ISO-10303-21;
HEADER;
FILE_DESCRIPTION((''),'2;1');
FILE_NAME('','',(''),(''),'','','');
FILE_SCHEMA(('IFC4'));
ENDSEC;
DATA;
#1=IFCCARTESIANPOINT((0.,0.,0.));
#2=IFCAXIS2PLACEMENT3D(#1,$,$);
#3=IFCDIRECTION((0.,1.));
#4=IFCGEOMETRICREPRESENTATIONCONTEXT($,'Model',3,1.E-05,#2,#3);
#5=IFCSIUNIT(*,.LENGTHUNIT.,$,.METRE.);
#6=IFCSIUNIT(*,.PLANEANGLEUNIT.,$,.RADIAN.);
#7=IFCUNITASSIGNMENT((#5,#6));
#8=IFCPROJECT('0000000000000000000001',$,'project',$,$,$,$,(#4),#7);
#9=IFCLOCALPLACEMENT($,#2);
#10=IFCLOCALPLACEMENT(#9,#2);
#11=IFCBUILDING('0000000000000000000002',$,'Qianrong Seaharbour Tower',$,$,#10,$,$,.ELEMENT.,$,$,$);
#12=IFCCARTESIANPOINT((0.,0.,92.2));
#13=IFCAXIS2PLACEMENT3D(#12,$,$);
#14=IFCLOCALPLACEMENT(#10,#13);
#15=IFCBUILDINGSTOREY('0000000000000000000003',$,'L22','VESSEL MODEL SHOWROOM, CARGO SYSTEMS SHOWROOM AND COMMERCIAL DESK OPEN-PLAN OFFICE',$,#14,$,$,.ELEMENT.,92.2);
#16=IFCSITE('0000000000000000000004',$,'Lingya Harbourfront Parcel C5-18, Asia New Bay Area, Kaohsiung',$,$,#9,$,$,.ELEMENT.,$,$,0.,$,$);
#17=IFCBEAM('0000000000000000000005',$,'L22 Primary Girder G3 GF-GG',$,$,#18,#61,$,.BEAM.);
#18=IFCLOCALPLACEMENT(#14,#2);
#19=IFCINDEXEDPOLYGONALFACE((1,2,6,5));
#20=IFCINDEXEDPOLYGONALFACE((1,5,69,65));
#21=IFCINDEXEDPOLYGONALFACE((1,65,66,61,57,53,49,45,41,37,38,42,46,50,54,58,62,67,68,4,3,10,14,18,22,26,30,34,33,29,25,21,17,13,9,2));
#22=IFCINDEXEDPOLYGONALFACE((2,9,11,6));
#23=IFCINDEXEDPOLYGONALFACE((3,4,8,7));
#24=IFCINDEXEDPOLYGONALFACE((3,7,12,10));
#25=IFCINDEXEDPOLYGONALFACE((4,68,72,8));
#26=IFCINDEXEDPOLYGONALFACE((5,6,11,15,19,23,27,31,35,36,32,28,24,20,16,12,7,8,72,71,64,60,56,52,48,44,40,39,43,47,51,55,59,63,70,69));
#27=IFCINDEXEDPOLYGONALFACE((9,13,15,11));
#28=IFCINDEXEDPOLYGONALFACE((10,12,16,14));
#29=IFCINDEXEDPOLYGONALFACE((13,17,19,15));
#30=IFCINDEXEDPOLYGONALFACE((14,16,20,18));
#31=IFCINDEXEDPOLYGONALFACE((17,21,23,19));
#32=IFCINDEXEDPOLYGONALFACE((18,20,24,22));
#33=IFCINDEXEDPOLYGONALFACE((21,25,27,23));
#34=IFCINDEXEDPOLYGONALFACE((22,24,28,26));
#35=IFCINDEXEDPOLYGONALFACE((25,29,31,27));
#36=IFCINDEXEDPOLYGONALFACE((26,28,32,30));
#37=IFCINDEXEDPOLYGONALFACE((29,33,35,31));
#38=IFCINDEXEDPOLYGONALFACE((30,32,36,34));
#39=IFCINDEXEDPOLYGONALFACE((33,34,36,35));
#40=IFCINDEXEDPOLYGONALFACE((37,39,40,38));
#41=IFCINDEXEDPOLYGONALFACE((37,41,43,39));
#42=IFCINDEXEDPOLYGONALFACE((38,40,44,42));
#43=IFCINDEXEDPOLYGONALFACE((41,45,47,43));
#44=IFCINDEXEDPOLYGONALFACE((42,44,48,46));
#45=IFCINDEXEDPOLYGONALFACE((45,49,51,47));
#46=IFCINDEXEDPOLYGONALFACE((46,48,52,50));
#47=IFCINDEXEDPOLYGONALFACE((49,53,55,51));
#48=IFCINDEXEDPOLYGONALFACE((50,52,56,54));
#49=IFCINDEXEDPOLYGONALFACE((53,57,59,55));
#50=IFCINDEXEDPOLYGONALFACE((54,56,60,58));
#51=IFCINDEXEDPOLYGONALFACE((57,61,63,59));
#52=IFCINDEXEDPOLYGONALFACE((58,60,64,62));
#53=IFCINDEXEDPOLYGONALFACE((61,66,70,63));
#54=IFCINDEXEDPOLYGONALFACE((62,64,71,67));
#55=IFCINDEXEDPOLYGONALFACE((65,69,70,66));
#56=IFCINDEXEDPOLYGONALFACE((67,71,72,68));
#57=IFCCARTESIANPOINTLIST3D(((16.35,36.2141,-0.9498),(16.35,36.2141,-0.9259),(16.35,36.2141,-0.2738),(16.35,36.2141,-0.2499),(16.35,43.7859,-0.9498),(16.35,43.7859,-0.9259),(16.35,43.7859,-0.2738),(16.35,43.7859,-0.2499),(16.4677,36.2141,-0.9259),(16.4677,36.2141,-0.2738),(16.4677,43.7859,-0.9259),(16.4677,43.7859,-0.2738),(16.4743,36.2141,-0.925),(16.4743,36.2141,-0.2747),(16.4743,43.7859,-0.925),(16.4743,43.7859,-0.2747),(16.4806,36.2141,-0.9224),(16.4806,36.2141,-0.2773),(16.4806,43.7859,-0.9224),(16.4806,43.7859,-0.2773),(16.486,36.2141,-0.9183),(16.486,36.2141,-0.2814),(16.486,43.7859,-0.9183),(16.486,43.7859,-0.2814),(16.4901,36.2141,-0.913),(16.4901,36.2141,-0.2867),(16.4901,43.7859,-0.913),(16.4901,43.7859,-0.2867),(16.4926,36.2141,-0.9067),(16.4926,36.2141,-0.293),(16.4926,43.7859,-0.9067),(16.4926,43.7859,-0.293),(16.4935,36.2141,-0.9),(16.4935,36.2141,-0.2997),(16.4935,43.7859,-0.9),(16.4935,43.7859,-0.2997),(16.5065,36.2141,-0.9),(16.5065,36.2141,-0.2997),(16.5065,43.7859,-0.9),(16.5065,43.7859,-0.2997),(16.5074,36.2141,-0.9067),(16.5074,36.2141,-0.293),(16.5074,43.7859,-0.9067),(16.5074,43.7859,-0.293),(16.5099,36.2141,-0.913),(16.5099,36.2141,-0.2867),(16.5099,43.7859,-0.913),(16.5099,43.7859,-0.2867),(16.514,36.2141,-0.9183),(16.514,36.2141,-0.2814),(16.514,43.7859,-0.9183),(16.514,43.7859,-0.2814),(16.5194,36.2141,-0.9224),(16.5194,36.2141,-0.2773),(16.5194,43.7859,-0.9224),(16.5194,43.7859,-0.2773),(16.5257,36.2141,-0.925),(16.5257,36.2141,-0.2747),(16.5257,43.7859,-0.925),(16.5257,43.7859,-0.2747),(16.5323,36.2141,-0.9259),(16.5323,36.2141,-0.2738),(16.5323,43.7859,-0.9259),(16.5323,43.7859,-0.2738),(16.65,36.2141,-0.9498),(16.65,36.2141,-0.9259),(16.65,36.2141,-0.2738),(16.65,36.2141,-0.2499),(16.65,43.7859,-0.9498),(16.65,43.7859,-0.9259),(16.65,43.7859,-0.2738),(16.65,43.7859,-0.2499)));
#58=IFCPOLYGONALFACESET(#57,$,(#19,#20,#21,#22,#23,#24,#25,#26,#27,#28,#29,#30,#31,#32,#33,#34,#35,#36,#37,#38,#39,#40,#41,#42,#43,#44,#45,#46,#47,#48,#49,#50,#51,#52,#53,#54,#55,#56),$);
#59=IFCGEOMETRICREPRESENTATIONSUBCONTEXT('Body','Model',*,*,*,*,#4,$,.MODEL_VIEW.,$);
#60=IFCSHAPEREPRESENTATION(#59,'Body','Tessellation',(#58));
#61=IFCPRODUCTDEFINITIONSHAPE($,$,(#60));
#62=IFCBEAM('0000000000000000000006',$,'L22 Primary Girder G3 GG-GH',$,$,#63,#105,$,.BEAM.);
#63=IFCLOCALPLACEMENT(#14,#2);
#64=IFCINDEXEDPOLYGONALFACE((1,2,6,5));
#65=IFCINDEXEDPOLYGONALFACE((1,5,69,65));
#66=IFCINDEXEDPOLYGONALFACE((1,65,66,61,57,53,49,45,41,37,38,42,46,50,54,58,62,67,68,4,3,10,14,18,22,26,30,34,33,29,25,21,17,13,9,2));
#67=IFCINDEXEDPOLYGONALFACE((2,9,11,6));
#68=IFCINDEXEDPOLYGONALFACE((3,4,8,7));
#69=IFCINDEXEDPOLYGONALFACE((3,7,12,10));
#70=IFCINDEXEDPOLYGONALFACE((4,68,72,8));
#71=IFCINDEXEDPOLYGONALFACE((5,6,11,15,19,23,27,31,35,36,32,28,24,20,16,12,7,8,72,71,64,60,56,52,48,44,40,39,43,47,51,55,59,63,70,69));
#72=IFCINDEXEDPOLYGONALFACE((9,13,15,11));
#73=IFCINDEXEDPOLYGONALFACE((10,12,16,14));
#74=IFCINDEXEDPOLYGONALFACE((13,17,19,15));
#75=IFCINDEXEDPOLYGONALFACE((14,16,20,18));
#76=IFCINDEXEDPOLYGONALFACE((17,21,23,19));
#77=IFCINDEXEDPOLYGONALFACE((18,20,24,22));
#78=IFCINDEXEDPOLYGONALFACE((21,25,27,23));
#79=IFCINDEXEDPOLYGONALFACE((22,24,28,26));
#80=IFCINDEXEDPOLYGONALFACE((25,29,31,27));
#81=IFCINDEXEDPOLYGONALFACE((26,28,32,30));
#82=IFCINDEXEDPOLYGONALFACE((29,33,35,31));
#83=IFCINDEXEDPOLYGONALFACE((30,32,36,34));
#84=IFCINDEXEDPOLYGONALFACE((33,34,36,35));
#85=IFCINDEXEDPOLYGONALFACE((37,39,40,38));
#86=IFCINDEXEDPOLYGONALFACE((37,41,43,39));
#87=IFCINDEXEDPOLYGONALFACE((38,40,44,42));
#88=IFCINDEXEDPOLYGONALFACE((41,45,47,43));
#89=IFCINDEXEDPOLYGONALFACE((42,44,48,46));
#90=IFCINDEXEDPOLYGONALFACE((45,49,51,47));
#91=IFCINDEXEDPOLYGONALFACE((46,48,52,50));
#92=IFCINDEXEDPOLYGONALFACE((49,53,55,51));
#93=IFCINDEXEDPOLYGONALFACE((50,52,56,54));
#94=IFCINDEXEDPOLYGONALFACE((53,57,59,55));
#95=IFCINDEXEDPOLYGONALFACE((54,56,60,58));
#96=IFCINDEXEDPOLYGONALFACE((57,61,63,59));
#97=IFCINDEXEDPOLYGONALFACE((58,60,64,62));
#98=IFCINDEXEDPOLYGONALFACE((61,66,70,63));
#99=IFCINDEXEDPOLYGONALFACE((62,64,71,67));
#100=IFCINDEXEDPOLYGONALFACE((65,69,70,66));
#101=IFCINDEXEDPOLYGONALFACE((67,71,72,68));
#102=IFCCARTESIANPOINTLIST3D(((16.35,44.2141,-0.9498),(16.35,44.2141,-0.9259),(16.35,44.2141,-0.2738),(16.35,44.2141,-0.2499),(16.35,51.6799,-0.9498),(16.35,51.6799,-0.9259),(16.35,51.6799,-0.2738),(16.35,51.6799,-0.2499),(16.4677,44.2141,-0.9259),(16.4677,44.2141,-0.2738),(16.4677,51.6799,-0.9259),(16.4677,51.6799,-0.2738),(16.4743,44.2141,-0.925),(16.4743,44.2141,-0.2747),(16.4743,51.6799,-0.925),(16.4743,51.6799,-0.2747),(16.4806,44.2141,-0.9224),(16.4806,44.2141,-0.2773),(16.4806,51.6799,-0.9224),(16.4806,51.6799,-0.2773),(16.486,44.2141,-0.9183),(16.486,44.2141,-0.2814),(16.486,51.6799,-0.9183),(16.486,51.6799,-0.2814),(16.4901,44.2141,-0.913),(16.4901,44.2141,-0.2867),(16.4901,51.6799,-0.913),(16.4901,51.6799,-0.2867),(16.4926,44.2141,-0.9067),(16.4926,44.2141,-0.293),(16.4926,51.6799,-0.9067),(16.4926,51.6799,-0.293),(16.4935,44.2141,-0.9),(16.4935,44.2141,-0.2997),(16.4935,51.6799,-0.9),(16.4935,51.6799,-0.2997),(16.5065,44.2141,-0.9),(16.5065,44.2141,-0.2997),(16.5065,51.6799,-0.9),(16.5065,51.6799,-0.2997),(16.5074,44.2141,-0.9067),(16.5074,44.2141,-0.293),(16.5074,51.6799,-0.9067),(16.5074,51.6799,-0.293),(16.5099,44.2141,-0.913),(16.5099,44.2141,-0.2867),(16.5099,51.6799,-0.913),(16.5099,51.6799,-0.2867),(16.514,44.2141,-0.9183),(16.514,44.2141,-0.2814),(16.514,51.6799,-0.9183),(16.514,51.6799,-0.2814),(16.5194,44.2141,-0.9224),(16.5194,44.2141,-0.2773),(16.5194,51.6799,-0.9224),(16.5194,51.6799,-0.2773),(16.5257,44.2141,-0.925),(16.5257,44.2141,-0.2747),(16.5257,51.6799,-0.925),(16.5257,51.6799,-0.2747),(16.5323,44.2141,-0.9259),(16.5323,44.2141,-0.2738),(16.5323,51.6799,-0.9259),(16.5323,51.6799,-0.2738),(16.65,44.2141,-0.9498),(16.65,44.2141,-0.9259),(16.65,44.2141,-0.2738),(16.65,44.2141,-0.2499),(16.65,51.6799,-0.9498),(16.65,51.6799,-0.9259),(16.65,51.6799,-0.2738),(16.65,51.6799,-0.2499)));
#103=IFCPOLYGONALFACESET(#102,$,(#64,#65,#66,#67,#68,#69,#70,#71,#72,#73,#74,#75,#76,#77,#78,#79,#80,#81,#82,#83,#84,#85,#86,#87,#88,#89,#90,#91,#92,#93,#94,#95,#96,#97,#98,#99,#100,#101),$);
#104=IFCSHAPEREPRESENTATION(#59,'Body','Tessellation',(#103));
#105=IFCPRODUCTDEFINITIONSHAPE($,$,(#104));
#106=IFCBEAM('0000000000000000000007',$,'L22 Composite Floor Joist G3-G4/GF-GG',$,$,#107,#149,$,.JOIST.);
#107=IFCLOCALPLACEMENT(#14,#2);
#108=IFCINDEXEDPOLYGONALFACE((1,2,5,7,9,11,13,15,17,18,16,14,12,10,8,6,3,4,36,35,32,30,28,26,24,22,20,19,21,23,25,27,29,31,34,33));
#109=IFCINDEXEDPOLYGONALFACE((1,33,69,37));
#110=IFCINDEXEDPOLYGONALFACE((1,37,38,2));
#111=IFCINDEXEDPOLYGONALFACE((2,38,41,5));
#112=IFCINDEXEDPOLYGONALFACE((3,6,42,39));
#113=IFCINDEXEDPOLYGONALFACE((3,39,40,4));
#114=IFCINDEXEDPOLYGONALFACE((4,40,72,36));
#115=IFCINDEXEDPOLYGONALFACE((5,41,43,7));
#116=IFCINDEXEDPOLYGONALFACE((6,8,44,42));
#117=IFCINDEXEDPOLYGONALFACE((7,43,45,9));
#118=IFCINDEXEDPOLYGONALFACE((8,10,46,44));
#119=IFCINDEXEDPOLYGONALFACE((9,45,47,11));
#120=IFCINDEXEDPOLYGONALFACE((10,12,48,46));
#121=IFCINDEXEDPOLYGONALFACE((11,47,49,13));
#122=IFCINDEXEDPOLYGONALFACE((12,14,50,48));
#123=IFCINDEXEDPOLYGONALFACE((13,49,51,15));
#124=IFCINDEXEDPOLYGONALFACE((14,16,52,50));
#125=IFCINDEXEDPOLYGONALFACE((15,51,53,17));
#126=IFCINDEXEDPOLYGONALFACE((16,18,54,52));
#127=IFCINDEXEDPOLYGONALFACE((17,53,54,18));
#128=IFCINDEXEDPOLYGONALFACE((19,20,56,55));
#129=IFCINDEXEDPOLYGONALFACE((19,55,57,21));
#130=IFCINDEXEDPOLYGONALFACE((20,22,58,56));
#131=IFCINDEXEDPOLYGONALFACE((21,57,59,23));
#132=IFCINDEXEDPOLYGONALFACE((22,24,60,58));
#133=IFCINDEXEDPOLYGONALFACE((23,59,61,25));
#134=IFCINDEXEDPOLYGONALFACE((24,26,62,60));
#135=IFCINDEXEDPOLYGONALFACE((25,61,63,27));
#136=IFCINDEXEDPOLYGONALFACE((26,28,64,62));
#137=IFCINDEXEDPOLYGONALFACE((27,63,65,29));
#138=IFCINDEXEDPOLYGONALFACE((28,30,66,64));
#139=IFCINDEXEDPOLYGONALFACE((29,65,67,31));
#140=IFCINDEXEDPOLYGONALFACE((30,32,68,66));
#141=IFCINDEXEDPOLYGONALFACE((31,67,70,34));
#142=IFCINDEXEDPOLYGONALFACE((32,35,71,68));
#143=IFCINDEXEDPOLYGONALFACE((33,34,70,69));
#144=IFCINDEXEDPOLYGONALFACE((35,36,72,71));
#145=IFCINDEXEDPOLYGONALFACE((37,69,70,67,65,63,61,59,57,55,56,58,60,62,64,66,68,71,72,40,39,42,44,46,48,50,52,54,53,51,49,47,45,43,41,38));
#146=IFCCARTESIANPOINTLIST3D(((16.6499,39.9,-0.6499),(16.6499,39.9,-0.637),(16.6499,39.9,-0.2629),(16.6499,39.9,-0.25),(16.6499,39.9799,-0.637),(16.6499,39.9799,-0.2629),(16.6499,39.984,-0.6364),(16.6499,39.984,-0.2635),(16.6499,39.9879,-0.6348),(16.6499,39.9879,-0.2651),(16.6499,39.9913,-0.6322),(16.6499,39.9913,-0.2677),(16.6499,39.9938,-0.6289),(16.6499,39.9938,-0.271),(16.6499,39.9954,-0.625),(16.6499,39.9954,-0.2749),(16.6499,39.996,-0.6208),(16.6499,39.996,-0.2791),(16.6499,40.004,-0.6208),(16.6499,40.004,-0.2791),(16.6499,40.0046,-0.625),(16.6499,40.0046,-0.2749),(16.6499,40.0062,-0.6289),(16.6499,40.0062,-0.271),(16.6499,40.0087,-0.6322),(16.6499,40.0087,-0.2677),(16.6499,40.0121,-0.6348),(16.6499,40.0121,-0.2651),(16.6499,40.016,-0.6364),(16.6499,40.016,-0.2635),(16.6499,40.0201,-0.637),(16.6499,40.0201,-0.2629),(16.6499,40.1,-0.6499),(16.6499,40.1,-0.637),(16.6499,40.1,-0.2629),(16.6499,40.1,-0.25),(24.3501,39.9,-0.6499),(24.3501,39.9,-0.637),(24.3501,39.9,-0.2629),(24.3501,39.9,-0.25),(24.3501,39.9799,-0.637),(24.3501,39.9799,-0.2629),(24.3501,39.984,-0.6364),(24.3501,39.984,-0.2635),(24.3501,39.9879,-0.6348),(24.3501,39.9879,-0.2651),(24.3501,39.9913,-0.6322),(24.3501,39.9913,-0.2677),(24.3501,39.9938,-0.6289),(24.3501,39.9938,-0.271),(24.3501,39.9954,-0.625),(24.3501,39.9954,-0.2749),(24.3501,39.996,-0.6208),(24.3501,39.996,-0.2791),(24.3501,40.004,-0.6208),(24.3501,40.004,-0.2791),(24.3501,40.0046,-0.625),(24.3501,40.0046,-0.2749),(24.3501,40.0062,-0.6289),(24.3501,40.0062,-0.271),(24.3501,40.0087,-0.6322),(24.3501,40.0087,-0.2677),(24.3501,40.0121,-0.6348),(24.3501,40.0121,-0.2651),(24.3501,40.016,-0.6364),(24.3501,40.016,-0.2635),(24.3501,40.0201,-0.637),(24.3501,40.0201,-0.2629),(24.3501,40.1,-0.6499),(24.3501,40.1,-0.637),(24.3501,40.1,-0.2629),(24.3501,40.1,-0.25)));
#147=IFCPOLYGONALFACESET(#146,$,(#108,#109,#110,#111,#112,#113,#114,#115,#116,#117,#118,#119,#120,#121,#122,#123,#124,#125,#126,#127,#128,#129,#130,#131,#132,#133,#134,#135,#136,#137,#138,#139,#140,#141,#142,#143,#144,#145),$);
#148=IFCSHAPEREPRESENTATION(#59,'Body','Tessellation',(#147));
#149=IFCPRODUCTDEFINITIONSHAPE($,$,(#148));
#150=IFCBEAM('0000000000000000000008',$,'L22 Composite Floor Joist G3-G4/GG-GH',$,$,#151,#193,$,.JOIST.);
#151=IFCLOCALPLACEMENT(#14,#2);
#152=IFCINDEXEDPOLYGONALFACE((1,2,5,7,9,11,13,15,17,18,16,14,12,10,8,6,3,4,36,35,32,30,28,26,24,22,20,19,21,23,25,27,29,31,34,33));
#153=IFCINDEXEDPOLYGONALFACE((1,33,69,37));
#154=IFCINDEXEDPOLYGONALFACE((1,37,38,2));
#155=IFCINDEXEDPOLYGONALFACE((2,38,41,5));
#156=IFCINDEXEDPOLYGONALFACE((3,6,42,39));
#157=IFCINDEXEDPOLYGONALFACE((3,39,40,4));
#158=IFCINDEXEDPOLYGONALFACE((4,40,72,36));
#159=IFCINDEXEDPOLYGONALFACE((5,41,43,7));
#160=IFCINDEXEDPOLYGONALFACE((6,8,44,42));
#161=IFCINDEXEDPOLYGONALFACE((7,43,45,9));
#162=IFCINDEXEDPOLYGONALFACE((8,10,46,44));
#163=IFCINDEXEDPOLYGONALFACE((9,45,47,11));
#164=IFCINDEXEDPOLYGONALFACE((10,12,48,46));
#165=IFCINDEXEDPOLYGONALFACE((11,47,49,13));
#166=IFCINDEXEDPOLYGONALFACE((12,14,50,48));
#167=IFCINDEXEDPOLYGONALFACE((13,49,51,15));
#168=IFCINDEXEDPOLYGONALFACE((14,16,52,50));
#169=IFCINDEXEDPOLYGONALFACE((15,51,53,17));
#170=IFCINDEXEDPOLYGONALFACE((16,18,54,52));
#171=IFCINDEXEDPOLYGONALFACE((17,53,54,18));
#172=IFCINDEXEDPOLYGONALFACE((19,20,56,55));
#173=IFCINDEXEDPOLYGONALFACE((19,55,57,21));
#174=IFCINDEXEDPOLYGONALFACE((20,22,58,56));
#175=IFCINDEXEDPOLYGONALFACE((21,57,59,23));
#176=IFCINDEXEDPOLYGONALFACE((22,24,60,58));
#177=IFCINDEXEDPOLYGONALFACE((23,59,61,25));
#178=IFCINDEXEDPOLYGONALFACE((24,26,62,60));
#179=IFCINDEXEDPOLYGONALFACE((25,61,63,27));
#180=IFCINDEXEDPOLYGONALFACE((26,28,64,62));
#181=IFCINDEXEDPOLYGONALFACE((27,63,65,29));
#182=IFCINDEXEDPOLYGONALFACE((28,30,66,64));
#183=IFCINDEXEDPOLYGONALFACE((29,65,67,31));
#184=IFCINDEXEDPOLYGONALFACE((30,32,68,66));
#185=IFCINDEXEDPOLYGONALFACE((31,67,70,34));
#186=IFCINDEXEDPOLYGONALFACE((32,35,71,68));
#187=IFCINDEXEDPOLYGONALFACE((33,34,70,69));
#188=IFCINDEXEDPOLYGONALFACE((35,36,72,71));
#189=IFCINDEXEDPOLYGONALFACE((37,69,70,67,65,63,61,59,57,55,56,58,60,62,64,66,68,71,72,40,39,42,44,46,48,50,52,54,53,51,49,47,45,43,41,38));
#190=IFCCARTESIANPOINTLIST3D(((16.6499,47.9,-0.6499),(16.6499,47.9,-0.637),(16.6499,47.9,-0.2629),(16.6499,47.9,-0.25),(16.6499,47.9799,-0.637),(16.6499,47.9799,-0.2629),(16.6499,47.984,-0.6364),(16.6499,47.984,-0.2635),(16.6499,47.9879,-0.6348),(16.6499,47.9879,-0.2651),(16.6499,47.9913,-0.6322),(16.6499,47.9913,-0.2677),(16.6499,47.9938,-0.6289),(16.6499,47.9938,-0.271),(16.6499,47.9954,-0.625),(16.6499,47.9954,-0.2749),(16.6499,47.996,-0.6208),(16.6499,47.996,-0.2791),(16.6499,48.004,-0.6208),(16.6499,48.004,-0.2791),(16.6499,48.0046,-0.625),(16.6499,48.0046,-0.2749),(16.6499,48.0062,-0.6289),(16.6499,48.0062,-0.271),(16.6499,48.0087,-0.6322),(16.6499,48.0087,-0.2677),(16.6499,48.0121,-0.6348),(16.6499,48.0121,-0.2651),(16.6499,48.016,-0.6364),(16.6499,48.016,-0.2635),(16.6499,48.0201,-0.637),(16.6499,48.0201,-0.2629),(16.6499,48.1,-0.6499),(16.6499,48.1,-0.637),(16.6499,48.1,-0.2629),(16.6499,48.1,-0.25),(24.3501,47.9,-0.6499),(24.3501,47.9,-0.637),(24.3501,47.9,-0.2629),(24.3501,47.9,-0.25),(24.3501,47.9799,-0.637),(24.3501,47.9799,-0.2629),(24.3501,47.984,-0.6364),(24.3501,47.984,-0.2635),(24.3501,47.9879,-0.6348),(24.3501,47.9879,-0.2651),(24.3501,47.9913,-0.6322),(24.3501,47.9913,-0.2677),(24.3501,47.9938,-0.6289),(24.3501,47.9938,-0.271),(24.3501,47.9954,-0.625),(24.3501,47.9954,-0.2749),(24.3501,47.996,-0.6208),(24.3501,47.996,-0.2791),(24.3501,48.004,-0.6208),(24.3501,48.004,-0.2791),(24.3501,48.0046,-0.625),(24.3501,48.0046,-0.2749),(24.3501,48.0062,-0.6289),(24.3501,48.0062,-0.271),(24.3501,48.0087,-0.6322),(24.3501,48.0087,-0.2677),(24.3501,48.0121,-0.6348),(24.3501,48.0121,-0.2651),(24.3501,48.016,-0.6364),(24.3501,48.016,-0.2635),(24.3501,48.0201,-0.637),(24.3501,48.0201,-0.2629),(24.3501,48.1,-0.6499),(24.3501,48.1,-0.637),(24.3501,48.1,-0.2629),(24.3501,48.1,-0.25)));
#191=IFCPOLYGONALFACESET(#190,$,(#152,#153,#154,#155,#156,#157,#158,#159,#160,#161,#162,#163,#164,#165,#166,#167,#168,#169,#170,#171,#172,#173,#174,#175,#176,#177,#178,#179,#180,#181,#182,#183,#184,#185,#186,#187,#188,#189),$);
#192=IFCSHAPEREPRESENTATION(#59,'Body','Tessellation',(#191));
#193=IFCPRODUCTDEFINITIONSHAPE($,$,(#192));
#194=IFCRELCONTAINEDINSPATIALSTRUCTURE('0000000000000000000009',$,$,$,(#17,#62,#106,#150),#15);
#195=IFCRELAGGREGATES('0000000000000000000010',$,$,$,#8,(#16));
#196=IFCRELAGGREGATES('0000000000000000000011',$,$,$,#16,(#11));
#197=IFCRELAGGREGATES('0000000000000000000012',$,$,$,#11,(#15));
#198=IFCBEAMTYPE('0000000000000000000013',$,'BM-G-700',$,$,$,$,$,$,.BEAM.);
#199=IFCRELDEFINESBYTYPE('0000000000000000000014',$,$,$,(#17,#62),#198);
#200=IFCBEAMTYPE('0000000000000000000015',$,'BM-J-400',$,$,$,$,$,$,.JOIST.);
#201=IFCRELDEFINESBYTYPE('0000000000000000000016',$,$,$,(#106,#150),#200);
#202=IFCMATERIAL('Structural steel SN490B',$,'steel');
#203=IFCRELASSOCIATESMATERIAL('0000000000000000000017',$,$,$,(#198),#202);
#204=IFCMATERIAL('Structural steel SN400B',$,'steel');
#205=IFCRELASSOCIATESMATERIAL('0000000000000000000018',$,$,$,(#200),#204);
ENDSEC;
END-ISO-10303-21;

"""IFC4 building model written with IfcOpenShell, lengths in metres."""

from ifc_helpers import new_model, si_unit, direction, frame, origin, origin_2d, place, context, subcontext, project, spatial, i_section, extrude, material, material_profile, profile_set, type_object, element, save


model = new_model("IFC4")

# Units and contexts
model_context = context("Model", 3, precision=1e-05, world=origin(), true_north=direction((0.0, 1.0)))
body_context = subcontext(model_context, "Body", "Model", "MODEL_VIEW")
ifc_project = project(units=[si_unit("LENGTHUNIT", "METRE"), si_unit("PLANEANGLEUNIT", "RADIAN")], contexts=[model_context])

# Site, building, storey
site_placement = place(None, origin())
site = spatial("IfcSite", under=ifc_project, at=site_placement, Name="Lingya Harbourfront Parcel C5-18, Asia New Bay Area, Kaohsiung", CompositionType="ELEMENT", RefElevation=0.0)
building_placement = place(site_placement, origin())
building = spatial("IfcBuilding", under=site, at=building_placement, Name="Qianrong Seaharbour Tower", CompositionType="ELEMENT")
storey_placement = place(building_placement, frame((0.0, 0.0, 92.2)))
storey = spatial("IfcBuildingStorey", under=building, at=storey_placement, Name="L22", Description="VESSEL MODEL SHOWROOM, CARGO SYSTEMS SHOWROOM AND COMMERCIAL DESK OPEN-PLAN OFFICE", CompositionType="ELEMENT", Elevation=92.2)

# Shared definitions
ifc_material_1 = material(Name="Structural steel SN490B", Category="steel")

# Beams
ifc_material_profile_1 = material_profile(ifc_material_1, i_section(OverallWidth=0.3, OverallDepth=0.7, WebThickness=0.0129, FlangeThickness=0.0239, FilletRadius=0.0259, at=origin_2d()), Name="H700x300x13x24")
ifc_profile_set_1 = profile_set([ifc_material_profile_1], Name="Structural steel SN490B")
beam_type_1 = type_object("IfcBeamType", Name="BM-G-700", PredefinedType="BEAM", material=ifc_profile_set_1)
beam_1_placement = place(storey_placement, frame((16.5, 36.2141, -0.5999), z_axis=(0.0, 1.0, 0.0), x_axis=(-1.0, 0.0, 0.0)))
element("IfcBeam", 1, at=beam_1_placement, inside=storey, type_object=beam_type_1, Name="L22 Primary Girder G3 GF-GG", PredefinedType="BEAM", context=body_context, shape_type="SweptSolid", body=[
    extrude(i_section(OverallWidth=0.3, OverallDepth=0.7, WebThickness=0.0129, FlangeThickness=0.0239, FilletRadius=0.0259, at=origin_2d()), origin(), (0.0, 0.0, 1.0), 7.5718),
])
beam_2_placement = place(storey_placement, frame((16.5, 44.2141, -0.5999), z_axis=(0.0, 1.0, 0.0), x_axis=(-1.0, 0.0, 0.0)))
element("IfcBeam", 2, at=beam_2_placement, inside=storey, type_object=beam_type_1, Name="L22 Primary Girder G3 GG-GH", PredefinedType="BEAM", context=body_context, shape_type="SweptSolid", body=[
    extrude(i_section(OverallWidth=0.3, OverallDepth=0.7, WebThickness=0.0129, FlangeThickness=0.0239, FilletRadius=0.0259, at=origin_2d()), origin(), (0.0, 0.0, 1.0), 7.4658),
])
ifc_material_2 = material(Name="Structural steel SN400B", Category="steel")
ifc_material_profile_2 = material_profile(ifc_material_2, i_section(OverallWidth=0.2, OverallDepth=0.3999, WebThickness=0.0081, FlangeThickness=0.0129, FilletRadius=0.0161, at=origin_2d()), Name="H400x200x8x13")
ifc_profile_set_2 = profile_set([ifc_material_profile_2], Name="Structural steel SN400B")
beam_type_2 = type_object("IfcBeamType", Name="BM-J-400", PredefinedType="JOIST", material=ifc_profile_set_2)
for number, where, z_axis, x_axis, name in (
    (3, (16.6499, 40.0, -0.45), (1.0, 0.0, 0.0), (0.0, 1.0, 0.0), "L22 Composite Floor Joist G3-G4/GF-GG"),
    (4, (16.6499, 48.0, -0.45), (1.0, 0.0, 0.0), (0.0, 1.0, 0.0), "L22 Composite Floor Joist G3-G4/GG-GH"),
):
    element("IfcBeam", number, at=place(storey_placement, frame(where, z_axis=z_axis, x_axis=x_axis)), inside=storey, type_object=beam_type_2, Name=name, PredefinedType="JOIST", context=body_context, shape_type="SweptSolid", body=[
        extrude(i_section(OverallWidth=0.2, OverallDepth=0.3999, WebThickness=0.0081, FlangeThickness=0.0129, FilletRadius=0.0161, at=origin_2d()), origin(), (0.0, 0.0, 1.0), 7.7002),
    ])

save(model, "model.ifc")
